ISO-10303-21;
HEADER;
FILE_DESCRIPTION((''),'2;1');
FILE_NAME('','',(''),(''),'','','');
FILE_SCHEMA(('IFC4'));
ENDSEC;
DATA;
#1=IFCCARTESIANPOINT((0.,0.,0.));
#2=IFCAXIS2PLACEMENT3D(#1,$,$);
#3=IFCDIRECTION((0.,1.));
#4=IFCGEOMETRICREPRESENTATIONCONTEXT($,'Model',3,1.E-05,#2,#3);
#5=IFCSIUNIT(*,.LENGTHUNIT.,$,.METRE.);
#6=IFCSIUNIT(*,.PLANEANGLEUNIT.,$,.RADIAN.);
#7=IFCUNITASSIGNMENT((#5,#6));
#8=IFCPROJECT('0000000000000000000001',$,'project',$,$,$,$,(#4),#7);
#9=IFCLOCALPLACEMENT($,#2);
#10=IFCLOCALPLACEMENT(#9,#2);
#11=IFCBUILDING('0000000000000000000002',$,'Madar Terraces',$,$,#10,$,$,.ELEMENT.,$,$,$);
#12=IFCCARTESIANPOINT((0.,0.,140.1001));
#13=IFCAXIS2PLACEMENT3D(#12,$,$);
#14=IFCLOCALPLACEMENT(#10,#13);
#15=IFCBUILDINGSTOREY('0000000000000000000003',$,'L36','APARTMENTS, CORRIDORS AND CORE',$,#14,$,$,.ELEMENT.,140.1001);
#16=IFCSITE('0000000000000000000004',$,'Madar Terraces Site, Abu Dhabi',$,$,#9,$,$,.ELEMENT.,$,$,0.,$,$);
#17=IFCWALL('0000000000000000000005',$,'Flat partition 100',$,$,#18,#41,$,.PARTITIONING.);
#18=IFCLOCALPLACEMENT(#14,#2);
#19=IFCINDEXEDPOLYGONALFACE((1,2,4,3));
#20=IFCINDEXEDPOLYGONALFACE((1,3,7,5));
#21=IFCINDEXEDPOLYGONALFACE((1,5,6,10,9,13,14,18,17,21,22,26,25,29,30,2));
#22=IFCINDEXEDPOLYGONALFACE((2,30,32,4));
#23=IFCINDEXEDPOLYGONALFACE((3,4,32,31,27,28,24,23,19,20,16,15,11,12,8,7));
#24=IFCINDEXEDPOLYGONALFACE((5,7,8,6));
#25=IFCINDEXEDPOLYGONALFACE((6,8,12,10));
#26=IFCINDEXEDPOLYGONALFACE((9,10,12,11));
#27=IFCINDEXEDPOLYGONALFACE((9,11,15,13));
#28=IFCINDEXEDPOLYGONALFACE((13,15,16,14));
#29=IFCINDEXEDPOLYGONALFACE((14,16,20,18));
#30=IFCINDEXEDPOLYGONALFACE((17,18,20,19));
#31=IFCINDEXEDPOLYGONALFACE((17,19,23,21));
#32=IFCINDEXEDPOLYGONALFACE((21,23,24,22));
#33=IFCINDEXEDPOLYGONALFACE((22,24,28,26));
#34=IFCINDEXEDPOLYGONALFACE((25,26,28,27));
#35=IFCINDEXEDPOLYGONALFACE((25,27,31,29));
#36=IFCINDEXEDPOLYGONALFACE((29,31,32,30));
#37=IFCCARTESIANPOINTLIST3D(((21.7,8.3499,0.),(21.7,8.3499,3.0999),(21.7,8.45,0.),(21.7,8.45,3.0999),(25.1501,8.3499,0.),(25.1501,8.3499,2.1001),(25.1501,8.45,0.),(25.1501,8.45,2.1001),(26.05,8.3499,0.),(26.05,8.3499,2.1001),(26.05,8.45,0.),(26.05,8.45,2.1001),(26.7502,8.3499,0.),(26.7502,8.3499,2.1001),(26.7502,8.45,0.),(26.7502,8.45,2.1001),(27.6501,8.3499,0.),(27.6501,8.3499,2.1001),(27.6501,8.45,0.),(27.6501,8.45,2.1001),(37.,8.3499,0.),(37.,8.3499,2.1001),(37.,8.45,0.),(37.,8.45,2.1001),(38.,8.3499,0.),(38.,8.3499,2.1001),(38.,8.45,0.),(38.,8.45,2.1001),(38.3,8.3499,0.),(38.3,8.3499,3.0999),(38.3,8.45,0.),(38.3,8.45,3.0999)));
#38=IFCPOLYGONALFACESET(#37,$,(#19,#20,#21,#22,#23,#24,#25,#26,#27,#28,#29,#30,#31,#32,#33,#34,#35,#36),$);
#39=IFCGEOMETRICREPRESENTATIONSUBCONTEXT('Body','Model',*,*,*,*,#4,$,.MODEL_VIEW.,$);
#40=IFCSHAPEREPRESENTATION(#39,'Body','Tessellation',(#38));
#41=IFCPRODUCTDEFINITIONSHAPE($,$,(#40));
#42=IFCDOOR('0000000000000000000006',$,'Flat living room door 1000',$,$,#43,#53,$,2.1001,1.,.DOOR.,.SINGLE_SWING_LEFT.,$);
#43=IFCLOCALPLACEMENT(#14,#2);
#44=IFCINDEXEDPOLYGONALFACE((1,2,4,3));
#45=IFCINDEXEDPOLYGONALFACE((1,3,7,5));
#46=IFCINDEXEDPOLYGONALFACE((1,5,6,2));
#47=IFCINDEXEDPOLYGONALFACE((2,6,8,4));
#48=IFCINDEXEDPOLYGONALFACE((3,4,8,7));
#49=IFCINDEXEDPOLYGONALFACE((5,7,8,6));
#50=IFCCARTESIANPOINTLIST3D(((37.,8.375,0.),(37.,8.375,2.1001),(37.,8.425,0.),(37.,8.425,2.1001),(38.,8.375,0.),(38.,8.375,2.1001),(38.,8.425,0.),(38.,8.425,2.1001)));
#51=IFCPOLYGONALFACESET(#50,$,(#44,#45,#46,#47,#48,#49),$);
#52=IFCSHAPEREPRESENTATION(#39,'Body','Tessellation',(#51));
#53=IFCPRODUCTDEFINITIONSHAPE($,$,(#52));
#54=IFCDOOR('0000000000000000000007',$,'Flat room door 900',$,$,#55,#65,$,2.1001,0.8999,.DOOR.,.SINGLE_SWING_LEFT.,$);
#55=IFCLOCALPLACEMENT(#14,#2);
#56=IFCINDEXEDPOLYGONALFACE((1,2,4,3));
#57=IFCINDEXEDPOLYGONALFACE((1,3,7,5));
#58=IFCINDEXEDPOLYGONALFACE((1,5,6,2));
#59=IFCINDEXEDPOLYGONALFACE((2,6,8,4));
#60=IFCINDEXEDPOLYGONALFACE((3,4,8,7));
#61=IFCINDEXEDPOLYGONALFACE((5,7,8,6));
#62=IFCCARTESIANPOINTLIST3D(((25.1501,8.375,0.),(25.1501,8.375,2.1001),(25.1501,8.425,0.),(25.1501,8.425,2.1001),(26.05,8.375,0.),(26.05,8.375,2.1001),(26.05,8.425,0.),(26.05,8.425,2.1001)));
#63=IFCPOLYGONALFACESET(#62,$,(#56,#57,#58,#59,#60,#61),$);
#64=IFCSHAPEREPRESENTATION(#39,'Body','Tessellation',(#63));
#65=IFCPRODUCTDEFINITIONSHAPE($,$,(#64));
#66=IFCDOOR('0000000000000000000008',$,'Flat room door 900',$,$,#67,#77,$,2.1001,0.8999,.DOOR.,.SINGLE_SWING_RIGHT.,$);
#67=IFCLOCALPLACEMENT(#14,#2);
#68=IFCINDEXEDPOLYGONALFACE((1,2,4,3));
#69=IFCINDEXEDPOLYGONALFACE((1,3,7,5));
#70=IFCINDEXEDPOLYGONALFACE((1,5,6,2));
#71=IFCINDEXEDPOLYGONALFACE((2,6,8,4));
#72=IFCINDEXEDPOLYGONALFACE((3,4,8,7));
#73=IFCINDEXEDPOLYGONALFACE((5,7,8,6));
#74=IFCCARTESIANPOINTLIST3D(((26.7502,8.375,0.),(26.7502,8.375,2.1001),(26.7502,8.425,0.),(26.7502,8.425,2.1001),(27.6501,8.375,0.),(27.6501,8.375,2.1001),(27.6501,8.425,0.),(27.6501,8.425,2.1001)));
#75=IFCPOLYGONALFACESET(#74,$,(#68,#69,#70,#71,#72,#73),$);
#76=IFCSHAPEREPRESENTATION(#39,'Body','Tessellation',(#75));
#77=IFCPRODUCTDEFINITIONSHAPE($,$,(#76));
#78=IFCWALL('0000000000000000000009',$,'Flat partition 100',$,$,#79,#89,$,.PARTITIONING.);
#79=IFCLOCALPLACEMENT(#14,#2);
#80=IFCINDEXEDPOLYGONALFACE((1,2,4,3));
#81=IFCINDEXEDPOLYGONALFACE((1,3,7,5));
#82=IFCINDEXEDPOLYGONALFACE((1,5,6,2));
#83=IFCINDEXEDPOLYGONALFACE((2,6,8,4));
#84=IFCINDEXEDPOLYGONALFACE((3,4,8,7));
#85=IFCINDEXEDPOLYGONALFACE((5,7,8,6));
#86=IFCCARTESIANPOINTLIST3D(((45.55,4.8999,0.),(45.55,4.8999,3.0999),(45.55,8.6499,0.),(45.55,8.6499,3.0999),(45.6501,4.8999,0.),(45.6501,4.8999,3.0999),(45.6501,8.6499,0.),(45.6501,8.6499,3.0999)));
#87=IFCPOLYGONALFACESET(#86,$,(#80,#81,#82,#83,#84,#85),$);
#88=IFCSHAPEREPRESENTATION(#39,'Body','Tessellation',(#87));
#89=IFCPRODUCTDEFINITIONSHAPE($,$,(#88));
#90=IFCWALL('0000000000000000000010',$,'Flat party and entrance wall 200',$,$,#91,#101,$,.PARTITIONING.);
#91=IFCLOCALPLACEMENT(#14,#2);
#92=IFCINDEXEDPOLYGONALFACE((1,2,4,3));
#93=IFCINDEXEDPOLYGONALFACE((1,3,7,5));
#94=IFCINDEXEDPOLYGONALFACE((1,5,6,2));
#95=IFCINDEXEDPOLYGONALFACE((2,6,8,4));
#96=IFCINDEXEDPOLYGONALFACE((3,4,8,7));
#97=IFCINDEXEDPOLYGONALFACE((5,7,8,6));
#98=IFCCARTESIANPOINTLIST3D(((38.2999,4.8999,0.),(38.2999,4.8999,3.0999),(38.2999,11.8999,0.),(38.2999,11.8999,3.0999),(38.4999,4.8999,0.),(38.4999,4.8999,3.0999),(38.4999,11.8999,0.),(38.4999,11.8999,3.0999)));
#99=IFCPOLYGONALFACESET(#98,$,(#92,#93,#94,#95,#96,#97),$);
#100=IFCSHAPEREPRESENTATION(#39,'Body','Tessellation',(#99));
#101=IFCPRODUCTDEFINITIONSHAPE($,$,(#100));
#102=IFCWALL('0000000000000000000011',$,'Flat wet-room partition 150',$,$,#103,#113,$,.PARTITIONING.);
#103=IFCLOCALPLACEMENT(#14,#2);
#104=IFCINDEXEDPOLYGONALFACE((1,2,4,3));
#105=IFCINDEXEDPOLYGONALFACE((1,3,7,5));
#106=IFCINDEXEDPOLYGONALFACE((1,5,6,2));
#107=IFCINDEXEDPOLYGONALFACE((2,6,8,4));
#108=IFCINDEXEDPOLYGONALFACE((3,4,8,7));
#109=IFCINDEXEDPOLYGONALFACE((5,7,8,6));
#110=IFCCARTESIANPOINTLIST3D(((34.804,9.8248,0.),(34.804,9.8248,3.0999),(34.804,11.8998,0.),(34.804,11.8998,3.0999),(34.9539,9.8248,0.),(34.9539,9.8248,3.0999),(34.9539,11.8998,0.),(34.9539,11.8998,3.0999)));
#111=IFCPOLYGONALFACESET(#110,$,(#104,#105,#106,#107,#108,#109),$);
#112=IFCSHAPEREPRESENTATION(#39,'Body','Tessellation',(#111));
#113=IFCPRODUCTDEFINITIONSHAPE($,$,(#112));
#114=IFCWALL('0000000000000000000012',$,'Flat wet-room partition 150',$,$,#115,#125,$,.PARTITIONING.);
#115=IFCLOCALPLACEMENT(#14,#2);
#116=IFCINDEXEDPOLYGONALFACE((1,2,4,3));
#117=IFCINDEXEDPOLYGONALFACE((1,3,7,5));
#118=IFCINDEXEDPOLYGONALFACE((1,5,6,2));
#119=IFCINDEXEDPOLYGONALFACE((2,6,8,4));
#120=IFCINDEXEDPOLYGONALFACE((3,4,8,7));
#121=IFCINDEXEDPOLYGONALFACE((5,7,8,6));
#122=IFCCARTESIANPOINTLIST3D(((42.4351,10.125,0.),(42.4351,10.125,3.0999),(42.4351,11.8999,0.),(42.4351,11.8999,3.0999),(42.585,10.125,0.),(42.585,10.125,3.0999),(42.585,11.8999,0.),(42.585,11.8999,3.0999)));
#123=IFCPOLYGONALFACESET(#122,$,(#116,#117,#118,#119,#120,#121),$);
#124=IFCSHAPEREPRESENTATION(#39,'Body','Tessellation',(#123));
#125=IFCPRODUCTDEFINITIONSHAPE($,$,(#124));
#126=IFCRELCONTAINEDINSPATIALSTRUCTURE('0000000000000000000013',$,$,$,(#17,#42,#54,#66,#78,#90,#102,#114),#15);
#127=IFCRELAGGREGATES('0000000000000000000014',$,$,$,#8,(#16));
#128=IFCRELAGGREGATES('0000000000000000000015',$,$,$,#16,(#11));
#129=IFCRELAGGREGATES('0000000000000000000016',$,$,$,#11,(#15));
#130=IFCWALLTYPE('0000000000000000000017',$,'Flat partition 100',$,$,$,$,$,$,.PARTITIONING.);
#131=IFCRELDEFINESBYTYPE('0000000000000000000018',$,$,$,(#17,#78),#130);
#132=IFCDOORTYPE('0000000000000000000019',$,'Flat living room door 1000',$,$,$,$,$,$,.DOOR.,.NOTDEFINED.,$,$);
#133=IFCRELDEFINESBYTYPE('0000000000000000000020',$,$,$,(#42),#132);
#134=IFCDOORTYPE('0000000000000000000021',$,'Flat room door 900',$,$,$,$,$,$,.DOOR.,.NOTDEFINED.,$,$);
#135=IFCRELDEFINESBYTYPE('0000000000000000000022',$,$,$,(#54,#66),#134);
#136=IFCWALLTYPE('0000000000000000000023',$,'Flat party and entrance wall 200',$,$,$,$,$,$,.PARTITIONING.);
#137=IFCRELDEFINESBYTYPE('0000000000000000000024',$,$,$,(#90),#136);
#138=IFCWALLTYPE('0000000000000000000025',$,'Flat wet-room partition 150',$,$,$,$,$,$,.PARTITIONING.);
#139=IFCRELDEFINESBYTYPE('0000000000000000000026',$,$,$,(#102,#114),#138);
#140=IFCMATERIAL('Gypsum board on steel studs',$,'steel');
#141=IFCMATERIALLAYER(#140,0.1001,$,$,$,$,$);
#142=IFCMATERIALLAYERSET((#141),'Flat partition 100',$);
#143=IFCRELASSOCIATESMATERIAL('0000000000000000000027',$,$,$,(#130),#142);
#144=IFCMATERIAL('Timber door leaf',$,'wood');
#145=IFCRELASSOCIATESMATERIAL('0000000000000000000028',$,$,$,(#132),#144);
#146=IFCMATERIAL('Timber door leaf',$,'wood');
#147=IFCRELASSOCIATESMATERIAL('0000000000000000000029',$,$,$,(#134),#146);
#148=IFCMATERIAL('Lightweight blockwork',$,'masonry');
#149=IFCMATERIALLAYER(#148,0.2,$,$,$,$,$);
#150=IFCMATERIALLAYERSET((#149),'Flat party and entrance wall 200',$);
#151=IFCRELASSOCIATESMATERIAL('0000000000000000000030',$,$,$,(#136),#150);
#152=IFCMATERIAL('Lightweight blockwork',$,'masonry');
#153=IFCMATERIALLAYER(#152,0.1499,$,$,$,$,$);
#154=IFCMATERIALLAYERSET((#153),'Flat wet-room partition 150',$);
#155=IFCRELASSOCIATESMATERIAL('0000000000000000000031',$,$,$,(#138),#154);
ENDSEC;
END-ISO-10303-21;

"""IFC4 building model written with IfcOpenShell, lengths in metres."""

from ifc_helpers import new_model, si_unit, direction, frame, frame_2d, origin, place, context, subcontext, project, spatial, rectangle, extrude, material, layer, layer_set, type_object, element, fill, save


model = new_model("IFC4")

# Units and contexts
model_context = context("Model", 3, precision=1e-05, world=origin(), true_north=direction((0.0, 1.0)))
body_context = subcontext(model_context, "Body", "Model", "MODEL_VIEW")
ifc_project = project(units=[si_unit("LENGTHUNIT", "METRE"), si_unit("PLANEANGLEUNIT", "RADIAN")], contexts=[model_context])

# Site, building, storey
site_placement = place(None, origin())
site = spatial("IfcSite", under=ifc_project, at=site_placement, Name="Madar Terraces Site, Abu Dhabi", CompositionType="ELEMENT", RefElevation=0.0)
building_placement = place(site_placement, origin())
building = spatial("IfcBuilding", under=site, at=building_placement, Name="Madar Terraces", CompositionType="ELEMENT")
storey_placement = place(building_placement, frame((0.0, 0.0, 140.1001)))
storey = spatial("IfcBuildingStorey", under=building, at=storey_placement, Name="L36", Description="APARTMENTS, CORRIDORS AND CORE", CompositionType="ELEMENT", Elevation=140.1001)

# Shared definitions
ifc_material_1 = material(Name="Gypsum board on steel studs", Category="steel")
ifc_layer_1 = layer(ifc_material_1, 0.1001)
ifc_layer_set_1 = layer_set([ifc_layer_1], Name="Flat partition 100")
wall_type_1 = type_object("IfcWallType", Name="Flat partition 100", PredefinedType="PARTITIONING", material=ifc_layer_set_1)

# Wall, openings, doors
wall_1_placement = place(storey_placement, frame((38.3, 8.3999, 0.0), z_axis=(0.0, 0.0, 1.0), x_axis=(-1.0, 0.0, 0.0)))
wall_1 = element("IfcWall", 1, at=wall_1_placement, inside=storey, type_object=wall_type_1, Name="Flat partition 100", PredefinedType="PARTITIONING", context=body_context, shape_type="SweptSolid", body=[
    extrude(rectangle(XDim=16.6001, YDim=0.1001, at=frame_2d((8.3, 0.0))), origin(), (0.0, 0.0, 1.0), 3.0999),
])
opening_1_placement = place(wall_1_placement, frame((12.25, 0.0, 0.0)))
opening_1 = element("IfcOpeningElement", 2, at=opening_1_placement, cuts=wall_1, PredefinedType="OPENING", context=body_context, shape_type="SweptSolid", body=[
    extrude(rectangle(XDim=0.8999, YDim=2.1001, at=frame_2d((0.45, 1.05))), frame((0.0, 0.0601, 0.0), z_axis=(0.0, -1.0, 0.0), x_axis=(1.0, 0.0, 0.0)), (0.0, 0.0, 1.0), 0.1201),
])
opening_2_placement = place(wall_1_placement, frame((10.6499, 0.0, 0.0)))
opening_2 = element("IfcOpeningElement", 3, at=opening_2_placement, cuts=wall_1, PredefinedType="OPENING", context=body_context, shape_type="SweptSolid", body=[
    extrude(rectangle(XDim=0.8999, YDim=2.1001, at=frame_2d((0.45, 1.05))), frame((0.0, 0.0601, 0.0), z_axis=(0.0, -1.0, 0.0), x_axis=(1.0, 0.0, 0.0)), (0.0, 0.0, 1.0), 0.1201),
])
opening_3_placement = place(wall_1_placement, frame((0.3, 0.0, 0.0)))
opening_3 = element("IfcOpeningElement", 4, at=opening_3_placement, cuts=wall_1, PredefinedType="OPENING", context=body_context, shape_type="SweptSolid", body=[
    extrude(rectangle(XDim=1.0, YDim=2.1001, at=frame_2d((0.5, 1.05))), frame((0.0, 0.0601, 0.0), z_axis=(0.0, -1.0, 0.0), x_axis=(1.0, 0.0, 0.0)), (0.0, 0.0, 1.0), 0.1201),
])
ifc_material_2 = material(Name="Timber door leaf", Category="wood")
door_type_1 = type_object("IfcDoorType", Name="Flat living room door 1000", OperationType="NOTDEFINED", PredefinedType="DOOR", material=ifc_material_2)
door_1_placement = place(opening_3_placement, origin())
door_1 = element("IfcDoor", 5, at=door_1_placement, inside=storey, type_object=door_type_1, Name="Flat living room door 1000", OperationType="SINGLE_SWING_LEFT", OverallHeight=2.1001, OverallWidth=1.0, PredefinedType="DOOR", context=body_context, shape_type="SweptSolid", body=[
    extrude(rectangle(XDim=1.0, YDim=2.1001, at=frame_2d((0.5, 1.05))), frame((0.0, 0.0249, 0.0), z_axis=(0.0, -1.0, 0.0), x_axis=(1.0, 0.0, 0.0)), (0.0, 0.0, 1.0), 0.05),
])
fill(opening_3, door_1)
ifc_material_3 = material(Name="Timber door leaf", Category="wood")
door_type_2 = type_object("IfcDoorType", Name="Flat room door 900", OperationType="NOTDEFINED", PredefinedType="DOOR", material=ifc_material_3)
door_2_placement = place(opening_1_placement, origin())
door_2 = element("IfcDoor", 6, at=door_2_placement, inside=storey, type_object=door_type_2, Name="Flat room door 900", OperationType="SINGLE_SWING_LEFT", OverallHeight=2.1001, OverallWidth=0.8999, PredefinedType="DOOR", context=body_context, shape_type="SweptSolid", body=[
    extrude(rectangle(XDim=0.8999, YDim=2.1001, at=frame_2d((0.45, 1.05))), frame((0.0, 0.0249, 0.0), z_axis=(0.0, -1.0, 0.0), x_axis=(1.0, 0.0, 0.0)), (0.0, 0.0, 1.0), 0.05),
])
fill(opening_1, door_2)
door_3_placement = place(opening_2_placement, origin())
door_3 = element("IfcDoor", 7, at=door_3_placement, inside=storey, type_object=door_type_2, Name="Flat room door 900", OperationType="SINGLE_SWING_RIGHT", OverallHeight=2.1001, OverallWidth=0.8999, PredefinedType="DOOR", context=body_context, shape_type="SweptSolid", body=[
    extrude(rectangle(XDim=0.8999, YDim=2.1001, at=frame_2d((0.45, 1.05))), frame((0.0, 0.0249, 0.0), z_axis=(0.0, -1.0, 0.0), x_axis=(1.0, 0.0, 0.0)), (0.0, 0.0, 1.0), 0.05),
])
fill(opening_2, door_3)

# Walls
wall_2_placement = place(storey_placement, frame((45.6001, 8.6499, 0.0), z_axis=(0.0, 0.0, 1.0), x_axis=(0.0, -1.0, 0.0)))
element("IfcWall", 8, at=wall_2_placement, inside=storey, type_object=wall_type_1, Name="Flat partition 100", PredefinedType="PARTITIONING", context=body_context, shape_type="SweptSolid", body=[
    extrude(rectangle(XDim=3.75, YDim=0.1001, at=frame_2d((1.875, 0.0))), origin(), (0.0, 0.0, 1.0), 3.0999),
])
ifc_material_4 = material(Name="Lightweight blockwork", Category="masonry")
ifc_layer_2 = layer(ifc_material_4, 0.2)
ifc_layer_set_2 = layer_set([ifc_layer_2], Name="Flat party and entrance wall 200")
wall_type_2 = type_object("IfcWallType", Name="Flat party and entrance wall 200", PredefinedType="PARTITIONING", material=ifc_layer_set_2)
wall_3_placement = place(storey_placement, frame((38.3999, 11.8999, 0.0), z_axis=(0.0, 0.0, 1.0), x_axis=(0.0, -1.0, 0.0)))
element("IfcWall", 9, at=wall_3_placement, inside=storey, type_object=wall_type_2, Name="Flat party and entrance wall 200", PredefinedType="PARTITIONING", context=body_context, shape_type="SweptSolid", body=[
    extrude(rectangle(XDim=7.0, YDim=0.2, at=frame_2d((3.5, 0.0))), origin(), (0.0, 0.0, 1.0), 3.0999),
])
ifc_material_5 = material(Name="Lightweight blockwork", Category="masonry")
ifc_layer_3 = layer(ifc_material_5, 0.1499)
ifc_layer_set_3 = layer_set([ifc_layer_3], Name="Flat wet-room partition 150")
wall_type_3 = type_object("IfcWallType", Name="Flat wet-room partition 150", PredefinedType="PARTITIONING", material=ifc_layer_set_3)
wall_4_placement = place(storey_placement, frame((34.8789, 11.8999, 0.0), z_axis=(0.0, 0.0, 1.0), x_axis=(0.0, -1.0, 0.0)))
element("IfcWall", 10, at=wall_4_placement, inside=storey, type_object=wall_type_3, Name="Flat wet-room partition 150", PredefinedType="PARTITIONING", context=body_context, shape_type="SweptSolid", body=[
    extrude(rectangle(XDim=2.075, YDim=0.1499, at=frame_2d((1.0376, 0.0))), origin(), (0.0, 0.0, 1.0), 3.0999),
])
wall_5_placement = place(storey_placement, frame((42.51, 11.8999, 0.0), z_axis=(0.0, 0.0, 1.0), x_axis=(0.0, -1.0, 0.0)))
element("IfcWall", 11, at=wall_5_placement, inside=storey, type_object=wall_type_3, Name="Flat wet-room partition 150", PredefinedType="PARTITIONING", context=body_context, shape_type="SweptSolid", body=[
    extrude(rectangle(XDim=1.7749, YDim=0.1499, at=frame_2d((0.8875, 0.0))), origin(), (0.0, 0.0, 1.0), 3.0999),
])

save(model, "model.ifc")
